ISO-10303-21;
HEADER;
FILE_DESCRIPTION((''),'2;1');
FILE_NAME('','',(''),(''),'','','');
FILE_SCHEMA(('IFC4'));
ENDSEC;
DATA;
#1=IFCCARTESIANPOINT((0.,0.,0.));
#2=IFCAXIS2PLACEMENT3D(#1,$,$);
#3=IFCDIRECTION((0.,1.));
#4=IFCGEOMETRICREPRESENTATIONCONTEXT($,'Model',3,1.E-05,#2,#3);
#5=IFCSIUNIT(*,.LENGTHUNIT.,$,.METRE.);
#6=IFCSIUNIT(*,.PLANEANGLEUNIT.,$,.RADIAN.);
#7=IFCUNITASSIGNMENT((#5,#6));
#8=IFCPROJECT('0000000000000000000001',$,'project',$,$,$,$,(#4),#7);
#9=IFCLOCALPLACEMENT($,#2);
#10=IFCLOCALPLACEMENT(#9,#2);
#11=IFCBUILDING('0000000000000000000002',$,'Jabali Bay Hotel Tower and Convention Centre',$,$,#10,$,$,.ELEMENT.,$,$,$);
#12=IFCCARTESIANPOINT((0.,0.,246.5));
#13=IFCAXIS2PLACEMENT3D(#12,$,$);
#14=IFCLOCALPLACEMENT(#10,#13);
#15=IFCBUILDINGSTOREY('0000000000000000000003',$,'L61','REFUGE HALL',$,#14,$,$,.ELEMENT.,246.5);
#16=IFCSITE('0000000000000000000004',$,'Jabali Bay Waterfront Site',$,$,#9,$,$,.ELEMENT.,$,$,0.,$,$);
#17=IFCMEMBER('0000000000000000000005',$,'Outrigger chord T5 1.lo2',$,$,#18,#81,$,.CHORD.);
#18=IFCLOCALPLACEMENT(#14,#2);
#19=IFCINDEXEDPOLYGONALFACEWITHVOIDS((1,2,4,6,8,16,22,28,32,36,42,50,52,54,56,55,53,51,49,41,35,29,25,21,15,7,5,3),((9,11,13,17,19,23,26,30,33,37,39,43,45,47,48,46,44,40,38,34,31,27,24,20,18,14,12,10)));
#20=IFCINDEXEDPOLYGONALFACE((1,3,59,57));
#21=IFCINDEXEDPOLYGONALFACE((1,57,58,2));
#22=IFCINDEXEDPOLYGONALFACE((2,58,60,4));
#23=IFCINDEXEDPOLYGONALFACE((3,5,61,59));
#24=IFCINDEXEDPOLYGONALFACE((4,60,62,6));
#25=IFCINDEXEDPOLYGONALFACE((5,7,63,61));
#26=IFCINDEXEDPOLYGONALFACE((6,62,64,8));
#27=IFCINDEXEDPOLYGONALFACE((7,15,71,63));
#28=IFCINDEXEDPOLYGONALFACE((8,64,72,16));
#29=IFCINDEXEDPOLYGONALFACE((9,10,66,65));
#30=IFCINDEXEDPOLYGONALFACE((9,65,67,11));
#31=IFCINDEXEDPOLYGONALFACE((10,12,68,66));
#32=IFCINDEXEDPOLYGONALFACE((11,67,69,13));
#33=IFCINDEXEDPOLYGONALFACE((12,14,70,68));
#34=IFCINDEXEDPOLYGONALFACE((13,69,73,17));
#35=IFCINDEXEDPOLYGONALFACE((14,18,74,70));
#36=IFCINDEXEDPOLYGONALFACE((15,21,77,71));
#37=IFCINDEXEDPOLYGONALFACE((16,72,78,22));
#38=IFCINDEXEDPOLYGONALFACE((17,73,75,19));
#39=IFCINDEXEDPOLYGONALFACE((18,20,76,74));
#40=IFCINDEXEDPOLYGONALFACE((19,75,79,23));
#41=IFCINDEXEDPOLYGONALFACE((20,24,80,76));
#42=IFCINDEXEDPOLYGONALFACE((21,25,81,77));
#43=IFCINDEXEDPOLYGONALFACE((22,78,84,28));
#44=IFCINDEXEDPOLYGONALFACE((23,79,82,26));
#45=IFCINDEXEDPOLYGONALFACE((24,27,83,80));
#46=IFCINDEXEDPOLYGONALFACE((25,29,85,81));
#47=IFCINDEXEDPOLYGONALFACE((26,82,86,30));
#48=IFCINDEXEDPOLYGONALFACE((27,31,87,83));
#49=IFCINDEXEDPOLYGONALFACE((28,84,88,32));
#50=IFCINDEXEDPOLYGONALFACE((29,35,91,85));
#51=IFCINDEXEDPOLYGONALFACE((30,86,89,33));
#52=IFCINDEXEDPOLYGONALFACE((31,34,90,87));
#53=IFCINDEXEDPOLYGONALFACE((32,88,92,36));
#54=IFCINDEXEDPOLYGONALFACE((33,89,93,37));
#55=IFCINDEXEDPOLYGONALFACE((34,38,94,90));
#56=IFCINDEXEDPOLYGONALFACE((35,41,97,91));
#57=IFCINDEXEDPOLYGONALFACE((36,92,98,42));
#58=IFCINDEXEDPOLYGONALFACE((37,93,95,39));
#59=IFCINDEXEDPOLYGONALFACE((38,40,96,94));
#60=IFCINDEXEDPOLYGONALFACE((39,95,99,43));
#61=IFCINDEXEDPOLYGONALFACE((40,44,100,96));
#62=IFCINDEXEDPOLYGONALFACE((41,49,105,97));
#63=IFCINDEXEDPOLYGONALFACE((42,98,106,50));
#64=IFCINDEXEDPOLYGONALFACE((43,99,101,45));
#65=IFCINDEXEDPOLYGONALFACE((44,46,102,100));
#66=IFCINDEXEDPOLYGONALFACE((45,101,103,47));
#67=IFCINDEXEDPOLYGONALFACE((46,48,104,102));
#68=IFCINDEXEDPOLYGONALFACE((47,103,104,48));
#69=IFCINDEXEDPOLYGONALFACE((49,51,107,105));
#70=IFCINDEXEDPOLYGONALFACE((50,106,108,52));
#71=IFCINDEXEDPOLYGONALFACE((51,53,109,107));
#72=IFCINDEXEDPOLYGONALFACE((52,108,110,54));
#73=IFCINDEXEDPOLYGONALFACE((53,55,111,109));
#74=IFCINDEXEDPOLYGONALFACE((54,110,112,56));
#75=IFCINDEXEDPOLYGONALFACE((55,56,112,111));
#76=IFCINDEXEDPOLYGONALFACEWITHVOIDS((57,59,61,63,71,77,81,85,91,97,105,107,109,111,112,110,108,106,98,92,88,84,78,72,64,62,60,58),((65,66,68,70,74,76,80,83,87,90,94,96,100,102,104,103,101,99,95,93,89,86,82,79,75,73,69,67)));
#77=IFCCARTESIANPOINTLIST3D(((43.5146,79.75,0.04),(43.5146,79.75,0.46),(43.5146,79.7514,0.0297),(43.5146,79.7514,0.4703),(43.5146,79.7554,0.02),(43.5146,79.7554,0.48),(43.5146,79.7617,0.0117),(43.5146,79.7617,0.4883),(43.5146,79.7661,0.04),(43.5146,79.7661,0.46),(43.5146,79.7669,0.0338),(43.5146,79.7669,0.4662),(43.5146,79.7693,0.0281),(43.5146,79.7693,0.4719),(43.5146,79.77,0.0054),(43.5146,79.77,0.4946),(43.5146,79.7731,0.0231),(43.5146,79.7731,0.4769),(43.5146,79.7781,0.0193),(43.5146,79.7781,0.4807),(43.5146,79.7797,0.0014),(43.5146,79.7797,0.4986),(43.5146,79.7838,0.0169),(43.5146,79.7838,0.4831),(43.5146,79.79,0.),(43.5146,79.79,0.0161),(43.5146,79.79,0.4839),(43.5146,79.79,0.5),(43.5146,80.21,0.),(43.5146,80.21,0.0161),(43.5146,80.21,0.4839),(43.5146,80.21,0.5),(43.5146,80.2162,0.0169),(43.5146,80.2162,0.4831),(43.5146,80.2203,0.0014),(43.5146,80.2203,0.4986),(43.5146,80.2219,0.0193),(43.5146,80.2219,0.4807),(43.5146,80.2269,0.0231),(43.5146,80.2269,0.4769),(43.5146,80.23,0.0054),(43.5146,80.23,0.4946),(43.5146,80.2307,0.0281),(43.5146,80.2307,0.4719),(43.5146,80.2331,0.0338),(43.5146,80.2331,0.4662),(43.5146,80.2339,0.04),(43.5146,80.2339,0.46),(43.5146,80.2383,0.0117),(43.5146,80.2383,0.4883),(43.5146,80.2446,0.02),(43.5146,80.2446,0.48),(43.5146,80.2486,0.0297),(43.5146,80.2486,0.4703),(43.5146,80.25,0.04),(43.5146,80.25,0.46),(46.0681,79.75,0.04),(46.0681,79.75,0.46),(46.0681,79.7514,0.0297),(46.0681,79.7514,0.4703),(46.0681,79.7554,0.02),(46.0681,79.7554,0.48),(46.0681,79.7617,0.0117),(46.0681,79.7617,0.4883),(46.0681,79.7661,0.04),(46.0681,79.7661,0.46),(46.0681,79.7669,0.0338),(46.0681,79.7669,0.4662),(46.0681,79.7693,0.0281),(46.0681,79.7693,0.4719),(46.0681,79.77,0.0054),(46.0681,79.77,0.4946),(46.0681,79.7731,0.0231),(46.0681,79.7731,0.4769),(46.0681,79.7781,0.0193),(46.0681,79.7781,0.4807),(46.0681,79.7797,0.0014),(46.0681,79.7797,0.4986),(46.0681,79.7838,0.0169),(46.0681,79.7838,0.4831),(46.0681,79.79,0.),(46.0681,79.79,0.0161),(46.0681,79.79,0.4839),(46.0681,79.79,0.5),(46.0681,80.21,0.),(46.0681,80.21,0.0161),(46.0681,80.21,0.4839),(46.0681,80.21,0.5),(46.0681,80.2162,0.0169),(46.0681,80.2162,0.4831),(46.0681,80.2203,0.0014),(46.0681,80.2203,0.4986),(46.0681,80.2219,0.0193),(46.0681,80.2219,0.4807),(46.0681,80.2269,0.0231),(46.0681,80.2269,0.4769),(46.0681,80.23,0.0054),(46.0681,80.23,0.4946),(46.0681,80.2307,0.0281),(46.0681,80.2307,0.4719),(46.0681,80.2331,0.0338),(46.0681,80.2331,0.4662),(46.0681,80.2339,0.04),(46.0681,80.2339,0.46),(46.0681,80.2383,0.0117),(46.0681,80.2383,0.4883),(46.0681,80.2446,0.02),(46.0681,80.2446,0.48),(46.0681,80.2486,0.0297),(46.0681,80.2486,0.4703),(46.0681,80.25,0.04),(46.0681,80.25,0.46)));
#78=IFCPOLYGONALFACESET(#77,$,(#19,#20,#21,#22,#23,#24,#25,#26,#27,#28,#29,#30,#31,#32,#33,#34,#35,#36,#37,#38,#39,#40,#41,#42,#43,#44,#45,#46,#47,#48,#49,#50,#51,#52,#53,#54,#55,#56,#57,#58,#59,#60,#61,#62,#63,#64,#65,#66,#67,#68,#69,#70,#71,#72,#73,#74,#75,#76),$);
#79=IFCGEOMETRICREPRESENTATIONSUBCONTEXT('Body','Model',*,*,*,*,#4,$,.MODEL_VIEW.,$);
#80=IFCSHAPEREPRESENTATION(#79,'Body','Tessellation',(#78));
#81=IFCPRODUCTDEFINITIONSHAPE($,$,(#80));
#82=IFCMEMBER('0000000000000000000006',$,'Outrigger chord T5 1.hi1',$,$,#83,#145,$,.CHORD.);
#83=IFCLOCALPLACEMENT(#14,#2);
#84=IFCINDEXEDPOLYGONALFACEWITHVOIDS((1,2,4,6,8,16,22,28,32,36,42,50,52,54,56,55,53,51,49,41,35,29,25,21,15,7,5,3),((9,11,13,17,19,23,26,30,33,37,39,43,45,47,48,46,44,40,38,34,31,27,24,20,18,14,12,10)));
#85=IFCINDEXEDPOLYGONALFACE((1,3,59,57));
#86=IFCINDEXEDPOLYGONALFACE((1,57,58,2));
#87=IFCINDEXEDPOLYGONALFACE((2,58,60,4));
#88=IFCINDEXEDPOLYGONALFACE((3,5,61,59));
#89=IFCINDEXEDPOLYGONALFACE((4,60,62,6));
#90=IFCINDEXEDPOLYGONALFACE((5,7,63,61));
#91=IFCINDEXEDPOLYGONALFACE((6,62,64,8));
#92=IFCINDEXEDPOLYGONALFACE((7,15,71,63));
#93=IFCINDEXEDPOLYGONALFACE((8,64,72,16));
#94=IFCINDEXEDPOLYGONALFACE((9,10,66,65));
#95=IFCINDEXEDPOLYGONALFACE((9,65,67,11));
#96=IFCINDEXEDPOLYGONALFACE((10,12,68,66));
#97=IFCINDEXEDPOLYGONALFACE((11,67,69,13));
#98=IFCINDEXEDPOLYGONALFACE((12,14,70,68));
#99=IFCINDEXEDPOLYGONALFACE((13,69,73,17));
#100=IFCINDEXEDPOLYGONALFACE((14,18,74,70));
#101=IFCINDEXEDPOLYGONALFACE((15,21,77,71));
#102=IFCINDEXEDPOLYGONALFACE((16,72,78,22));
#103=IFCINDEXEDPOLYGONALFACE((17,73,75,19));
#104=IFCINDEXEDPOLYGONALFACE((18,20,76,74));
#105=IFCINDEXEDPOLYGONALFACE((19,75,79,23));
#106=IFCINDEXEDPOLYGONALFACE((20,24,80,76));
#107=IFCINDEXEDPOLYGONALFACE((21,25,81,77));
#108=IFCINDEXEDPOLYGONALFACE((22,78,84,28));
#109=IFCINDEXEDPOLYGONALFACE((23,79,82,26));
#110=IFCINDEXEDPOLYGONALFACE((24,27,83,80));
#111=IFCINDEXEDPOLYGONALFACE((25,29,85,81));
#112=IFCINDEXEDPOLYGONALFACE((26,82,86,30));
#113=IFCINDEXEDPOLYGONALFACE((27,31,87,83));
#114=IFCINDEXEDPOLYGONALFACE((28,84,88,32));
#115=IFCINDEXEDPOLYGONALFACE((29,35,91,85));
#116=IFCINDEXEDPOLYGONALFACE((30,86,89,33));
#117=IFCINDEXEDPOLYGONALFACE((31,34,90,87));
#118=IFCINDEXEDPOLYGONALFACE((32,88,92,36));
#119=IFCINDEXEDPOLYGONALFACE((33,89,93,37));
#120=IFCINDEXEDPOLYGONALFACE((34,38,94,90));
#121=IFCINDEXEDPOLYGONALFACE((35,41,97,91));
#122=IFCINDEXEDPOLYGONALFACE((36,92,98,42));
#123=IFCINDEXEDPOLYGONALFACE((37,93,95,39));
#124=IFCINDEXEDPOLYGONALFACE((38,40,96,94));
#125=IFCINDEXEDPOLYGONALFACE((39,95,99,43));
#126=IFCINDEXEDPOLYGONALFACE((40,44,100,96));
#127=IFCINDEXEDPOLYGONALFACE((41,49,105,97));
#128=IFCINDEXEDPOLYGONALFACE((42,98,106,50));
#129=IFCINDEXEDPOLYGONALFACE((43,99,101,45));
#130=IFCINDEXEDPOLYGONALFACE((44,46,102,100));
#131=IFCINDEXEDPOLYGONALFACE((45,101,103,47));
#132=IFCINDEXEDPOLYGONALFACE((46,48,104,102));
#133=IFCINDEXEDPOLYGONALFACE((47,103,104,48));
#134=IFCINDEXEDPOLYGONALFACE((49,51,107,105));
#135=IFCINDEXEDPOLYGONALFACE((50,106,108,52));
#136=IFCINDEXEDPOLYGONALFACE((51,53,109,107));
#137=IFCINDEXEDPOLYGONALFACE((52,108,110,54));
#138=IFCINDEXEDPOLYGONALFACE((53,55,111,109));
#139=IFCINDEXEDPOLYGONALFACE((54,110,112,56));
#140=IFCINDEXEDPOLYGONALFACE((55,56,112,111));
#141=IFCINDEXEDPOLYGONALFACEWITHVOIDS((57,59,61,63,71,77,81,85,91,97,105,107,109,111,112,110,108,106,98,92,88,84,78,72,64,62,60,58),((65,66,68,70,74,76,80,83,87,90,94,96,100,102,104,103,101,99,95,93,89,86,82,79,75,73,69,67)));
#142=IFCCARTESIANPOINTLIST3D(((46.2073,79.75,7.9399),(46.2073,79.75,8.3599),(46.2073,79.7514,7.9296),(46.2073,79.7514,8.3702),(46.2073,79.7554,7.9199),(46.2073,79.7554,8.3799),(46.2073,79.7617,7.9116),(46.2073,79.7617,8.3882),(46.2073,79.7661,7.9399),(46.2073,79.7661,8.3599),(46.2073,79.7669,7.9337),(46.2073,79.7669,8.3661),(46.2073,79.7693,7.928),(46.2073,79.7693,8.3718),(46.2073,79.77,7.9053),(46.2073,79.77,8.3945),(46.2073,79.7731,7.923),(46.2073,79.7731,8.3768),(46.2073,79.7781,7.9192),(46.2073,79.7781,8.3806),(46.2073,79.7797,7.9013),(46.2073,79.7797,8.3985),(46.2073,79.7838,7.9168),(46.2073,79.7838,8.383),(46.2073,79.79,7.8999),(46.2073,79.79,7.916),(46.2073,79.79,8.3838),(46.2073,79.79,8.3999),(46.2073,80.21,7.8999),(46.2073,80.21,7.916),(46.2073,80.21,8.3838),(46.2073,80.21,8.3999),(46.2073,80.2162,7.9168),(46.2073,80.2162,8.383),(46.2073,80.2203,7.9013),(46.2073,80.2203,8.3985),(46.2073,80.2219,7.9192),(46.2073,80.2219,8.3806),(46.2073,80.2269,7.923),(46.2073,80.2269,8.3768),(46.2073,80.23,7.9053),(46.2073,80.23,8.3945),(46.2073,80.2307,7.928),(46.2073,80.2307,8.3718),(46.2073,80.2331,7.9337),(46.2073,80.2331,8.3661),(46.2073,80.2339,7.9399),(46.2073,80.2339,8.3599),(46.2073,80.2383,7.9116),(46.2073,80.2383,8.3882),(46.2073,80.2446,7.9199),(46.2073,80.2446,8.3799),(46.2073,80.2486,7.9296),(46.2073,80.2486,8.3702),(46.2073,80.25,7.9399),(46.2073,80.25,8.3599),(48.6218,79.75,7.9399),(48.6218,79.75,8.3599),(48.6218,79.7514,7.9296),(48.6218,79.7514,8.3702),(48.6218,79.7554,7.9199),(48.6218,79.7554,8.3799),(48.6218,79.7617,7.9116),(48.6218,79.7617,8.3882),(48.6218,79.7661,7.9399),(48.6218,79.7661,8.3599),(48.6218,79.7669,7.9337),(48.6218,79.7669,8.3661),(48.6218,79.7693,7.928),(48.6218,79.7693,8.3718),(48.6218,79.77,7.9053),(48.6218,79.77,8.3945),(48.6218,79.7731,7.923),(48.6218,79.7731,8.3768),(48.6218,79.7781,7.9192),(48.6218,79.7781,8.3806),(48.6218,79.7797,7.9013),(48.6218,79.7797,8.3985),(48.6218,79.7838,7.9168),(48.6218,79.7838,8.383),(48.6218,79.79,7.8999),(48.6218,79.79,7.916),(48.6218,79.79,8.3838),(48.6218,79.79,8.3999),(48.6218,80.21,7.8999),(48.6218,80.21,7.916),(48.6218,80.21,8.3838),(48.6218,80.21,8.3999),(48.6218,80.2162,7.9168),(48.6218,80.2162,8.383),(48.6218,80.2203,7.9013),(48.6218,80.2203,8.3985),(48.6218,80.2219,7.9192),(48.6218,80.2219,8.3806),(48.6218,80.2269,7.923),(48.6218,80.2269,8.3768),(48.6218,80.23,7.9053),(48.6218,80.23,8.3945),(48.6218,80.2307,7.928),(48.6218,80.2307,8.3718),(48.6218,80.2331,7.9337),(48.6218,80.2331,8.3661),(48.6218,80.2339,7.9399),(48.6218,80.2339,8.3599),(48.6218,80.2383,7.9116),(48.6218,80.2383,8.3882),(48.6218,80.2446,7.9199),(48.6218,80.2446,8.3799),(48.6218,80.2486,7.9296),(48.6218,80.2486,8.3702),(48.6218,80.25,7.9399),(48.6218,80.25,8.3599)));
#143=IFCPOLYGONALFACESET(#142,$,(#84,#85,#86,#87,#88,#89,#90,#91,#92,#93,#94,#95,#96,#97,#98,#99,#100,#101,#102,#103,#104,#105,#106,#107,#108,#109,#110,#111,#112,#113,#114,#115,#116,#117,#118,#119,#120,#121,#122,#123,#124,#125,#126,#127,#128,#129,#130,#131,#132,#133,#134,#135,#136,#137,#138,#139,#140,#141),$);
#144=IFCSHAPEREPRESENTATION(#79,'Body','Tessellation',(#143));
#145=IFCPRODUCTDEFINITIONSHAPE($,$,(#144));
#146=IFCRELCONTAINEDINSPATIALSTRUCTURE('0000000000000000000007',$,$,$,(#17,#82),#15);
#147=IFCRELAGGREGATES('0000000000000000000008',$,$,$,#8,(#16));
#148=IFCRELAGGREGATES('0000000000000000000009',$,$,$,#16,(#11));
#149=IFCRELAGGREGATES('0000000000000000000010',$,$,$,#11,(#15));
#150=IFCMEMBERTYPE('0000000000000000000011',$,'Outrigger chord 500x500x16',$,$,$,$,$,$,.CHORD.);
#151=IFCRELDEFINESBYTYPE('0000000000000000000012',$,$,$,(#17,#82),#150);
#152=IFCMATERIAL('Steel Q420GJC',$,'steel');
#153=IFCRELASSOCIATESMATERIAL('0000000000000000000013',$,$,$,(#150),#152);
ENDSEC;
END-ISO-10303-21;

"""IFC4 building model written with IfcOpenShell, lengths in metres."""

from ifc_helpers import new_model, si_unit, direction, frame, origin, origin_2d, place, context, subcontext, project, spatial, hollow_rectangle, extrude, material, material_profile, profile_set, type_object, element, save


model = new_model("IFC4")

# Units and contexts
model_context = context("Model", 3, precision=1e-05, world=origin(), true_north=direction((0.0, 1.0)))
body_context = subcontext(model_context, "Body", "Model", "MODEL_VIEW")
ifc_project = project(units=[si_unit("LENGTHUNIT", "METRE"), si_unit("PLANEANGLEUNIT", "RADIAN")], contexts=[model_context])

# Site, building, storey
site_placement = place(None, origin())
site = spatial("IfcSite", under=ifc_project, at=site_placement, Name="Jabali Bay Waterfront Site", CompositionType="ELEMENT", RefElevation=0.0)
building_placement = place(site_placement, origin())
building = spatial("IfcBuilding", under=site, at=building_placement, Name="Jabali Bay Hotel Tower and Convention Centre", CompositionType="ELEMENT")
storey_placement = place(building_placement, frame((0.0, 0.0, 246.5)))
storey = spatial("IfcBuildingStorey", under=building, at=storey_placement, Name="L61", Description="REFUGE HALL", CompositionType="ELEMENT", Elevation=246.5)

# Members
ifc_material_1 = material(Name="Steel Q420GJC", Category="steel")
ifc_material_profile_1 = material_profile(ifc_material_1, hollow_rectangle(XDim=0.5, YDim=0.5, WallThickness=0.0161, InnerFilletRadius=0.0239, OuterFilletRadius=0.04, at=origin_2d()), Name="Outrigger chord 500x500x16")
ifc_profile_set_1 = profile_set([ifc_material_profile_1], Name="Steel Q420GJC")
member_type_1 = type_object("IfcMemberType", Name="Outrigger chord 500x500x16", PredefinedType="CHORD", material=ifc_profile_set_1)
member_1_placement = place(storey_placement, frame((46.0681, 80.0, 0.25), z_axis=(-1.0, 0.0, 0.0), x_axis=(0.0, -1.0, 0.0)))
element("IfcMember", 1, at=member_1_placement, inside=storey, type_object=member_type_1, Name="Outrigger chord T5 1.lo2", PredefinedType="CHORD", context=body_context, shape_type="SweptSolid", body=[
    extrude(hollow_rectangle(XDim=0.5, YDim=0.5, WallThickness=0.0161, InnerFilletRadius=0.0239, OuterFilletRadius=0.04, at=origin_2d()), origin(), (0.0, 0.0, 1.0), 2.5535),
])
for number, where, z_axis, x_axis, name in (
    (2, (48.6218, 80.0, 8.1499), (-1.0, 0.0, 0.0), (0.0, -1.0, 0.0), "Outrigger chord T5 1.hi1"),
):
    element("IfcMember", number, at=place(storey_placement, frame(where, z_axis=z_axis, x_axis=x_axis)), inside=storey, type_object=member_type_1, Name=name, PredefinedType="CHORD", context=body_context, shape_type="SweptSolid", body=[
        extrude(hollow_rectangle(XDim=0.5, YDim=0.5, WallThickness=0.0161, InnerFilletRadius=0.0239, OuterFilletRadius=0.04, at=origin_2d()), origin(), (0.0, 0.0, 1.0), 2.4146),
    ])

save(model, "model.ifc")
